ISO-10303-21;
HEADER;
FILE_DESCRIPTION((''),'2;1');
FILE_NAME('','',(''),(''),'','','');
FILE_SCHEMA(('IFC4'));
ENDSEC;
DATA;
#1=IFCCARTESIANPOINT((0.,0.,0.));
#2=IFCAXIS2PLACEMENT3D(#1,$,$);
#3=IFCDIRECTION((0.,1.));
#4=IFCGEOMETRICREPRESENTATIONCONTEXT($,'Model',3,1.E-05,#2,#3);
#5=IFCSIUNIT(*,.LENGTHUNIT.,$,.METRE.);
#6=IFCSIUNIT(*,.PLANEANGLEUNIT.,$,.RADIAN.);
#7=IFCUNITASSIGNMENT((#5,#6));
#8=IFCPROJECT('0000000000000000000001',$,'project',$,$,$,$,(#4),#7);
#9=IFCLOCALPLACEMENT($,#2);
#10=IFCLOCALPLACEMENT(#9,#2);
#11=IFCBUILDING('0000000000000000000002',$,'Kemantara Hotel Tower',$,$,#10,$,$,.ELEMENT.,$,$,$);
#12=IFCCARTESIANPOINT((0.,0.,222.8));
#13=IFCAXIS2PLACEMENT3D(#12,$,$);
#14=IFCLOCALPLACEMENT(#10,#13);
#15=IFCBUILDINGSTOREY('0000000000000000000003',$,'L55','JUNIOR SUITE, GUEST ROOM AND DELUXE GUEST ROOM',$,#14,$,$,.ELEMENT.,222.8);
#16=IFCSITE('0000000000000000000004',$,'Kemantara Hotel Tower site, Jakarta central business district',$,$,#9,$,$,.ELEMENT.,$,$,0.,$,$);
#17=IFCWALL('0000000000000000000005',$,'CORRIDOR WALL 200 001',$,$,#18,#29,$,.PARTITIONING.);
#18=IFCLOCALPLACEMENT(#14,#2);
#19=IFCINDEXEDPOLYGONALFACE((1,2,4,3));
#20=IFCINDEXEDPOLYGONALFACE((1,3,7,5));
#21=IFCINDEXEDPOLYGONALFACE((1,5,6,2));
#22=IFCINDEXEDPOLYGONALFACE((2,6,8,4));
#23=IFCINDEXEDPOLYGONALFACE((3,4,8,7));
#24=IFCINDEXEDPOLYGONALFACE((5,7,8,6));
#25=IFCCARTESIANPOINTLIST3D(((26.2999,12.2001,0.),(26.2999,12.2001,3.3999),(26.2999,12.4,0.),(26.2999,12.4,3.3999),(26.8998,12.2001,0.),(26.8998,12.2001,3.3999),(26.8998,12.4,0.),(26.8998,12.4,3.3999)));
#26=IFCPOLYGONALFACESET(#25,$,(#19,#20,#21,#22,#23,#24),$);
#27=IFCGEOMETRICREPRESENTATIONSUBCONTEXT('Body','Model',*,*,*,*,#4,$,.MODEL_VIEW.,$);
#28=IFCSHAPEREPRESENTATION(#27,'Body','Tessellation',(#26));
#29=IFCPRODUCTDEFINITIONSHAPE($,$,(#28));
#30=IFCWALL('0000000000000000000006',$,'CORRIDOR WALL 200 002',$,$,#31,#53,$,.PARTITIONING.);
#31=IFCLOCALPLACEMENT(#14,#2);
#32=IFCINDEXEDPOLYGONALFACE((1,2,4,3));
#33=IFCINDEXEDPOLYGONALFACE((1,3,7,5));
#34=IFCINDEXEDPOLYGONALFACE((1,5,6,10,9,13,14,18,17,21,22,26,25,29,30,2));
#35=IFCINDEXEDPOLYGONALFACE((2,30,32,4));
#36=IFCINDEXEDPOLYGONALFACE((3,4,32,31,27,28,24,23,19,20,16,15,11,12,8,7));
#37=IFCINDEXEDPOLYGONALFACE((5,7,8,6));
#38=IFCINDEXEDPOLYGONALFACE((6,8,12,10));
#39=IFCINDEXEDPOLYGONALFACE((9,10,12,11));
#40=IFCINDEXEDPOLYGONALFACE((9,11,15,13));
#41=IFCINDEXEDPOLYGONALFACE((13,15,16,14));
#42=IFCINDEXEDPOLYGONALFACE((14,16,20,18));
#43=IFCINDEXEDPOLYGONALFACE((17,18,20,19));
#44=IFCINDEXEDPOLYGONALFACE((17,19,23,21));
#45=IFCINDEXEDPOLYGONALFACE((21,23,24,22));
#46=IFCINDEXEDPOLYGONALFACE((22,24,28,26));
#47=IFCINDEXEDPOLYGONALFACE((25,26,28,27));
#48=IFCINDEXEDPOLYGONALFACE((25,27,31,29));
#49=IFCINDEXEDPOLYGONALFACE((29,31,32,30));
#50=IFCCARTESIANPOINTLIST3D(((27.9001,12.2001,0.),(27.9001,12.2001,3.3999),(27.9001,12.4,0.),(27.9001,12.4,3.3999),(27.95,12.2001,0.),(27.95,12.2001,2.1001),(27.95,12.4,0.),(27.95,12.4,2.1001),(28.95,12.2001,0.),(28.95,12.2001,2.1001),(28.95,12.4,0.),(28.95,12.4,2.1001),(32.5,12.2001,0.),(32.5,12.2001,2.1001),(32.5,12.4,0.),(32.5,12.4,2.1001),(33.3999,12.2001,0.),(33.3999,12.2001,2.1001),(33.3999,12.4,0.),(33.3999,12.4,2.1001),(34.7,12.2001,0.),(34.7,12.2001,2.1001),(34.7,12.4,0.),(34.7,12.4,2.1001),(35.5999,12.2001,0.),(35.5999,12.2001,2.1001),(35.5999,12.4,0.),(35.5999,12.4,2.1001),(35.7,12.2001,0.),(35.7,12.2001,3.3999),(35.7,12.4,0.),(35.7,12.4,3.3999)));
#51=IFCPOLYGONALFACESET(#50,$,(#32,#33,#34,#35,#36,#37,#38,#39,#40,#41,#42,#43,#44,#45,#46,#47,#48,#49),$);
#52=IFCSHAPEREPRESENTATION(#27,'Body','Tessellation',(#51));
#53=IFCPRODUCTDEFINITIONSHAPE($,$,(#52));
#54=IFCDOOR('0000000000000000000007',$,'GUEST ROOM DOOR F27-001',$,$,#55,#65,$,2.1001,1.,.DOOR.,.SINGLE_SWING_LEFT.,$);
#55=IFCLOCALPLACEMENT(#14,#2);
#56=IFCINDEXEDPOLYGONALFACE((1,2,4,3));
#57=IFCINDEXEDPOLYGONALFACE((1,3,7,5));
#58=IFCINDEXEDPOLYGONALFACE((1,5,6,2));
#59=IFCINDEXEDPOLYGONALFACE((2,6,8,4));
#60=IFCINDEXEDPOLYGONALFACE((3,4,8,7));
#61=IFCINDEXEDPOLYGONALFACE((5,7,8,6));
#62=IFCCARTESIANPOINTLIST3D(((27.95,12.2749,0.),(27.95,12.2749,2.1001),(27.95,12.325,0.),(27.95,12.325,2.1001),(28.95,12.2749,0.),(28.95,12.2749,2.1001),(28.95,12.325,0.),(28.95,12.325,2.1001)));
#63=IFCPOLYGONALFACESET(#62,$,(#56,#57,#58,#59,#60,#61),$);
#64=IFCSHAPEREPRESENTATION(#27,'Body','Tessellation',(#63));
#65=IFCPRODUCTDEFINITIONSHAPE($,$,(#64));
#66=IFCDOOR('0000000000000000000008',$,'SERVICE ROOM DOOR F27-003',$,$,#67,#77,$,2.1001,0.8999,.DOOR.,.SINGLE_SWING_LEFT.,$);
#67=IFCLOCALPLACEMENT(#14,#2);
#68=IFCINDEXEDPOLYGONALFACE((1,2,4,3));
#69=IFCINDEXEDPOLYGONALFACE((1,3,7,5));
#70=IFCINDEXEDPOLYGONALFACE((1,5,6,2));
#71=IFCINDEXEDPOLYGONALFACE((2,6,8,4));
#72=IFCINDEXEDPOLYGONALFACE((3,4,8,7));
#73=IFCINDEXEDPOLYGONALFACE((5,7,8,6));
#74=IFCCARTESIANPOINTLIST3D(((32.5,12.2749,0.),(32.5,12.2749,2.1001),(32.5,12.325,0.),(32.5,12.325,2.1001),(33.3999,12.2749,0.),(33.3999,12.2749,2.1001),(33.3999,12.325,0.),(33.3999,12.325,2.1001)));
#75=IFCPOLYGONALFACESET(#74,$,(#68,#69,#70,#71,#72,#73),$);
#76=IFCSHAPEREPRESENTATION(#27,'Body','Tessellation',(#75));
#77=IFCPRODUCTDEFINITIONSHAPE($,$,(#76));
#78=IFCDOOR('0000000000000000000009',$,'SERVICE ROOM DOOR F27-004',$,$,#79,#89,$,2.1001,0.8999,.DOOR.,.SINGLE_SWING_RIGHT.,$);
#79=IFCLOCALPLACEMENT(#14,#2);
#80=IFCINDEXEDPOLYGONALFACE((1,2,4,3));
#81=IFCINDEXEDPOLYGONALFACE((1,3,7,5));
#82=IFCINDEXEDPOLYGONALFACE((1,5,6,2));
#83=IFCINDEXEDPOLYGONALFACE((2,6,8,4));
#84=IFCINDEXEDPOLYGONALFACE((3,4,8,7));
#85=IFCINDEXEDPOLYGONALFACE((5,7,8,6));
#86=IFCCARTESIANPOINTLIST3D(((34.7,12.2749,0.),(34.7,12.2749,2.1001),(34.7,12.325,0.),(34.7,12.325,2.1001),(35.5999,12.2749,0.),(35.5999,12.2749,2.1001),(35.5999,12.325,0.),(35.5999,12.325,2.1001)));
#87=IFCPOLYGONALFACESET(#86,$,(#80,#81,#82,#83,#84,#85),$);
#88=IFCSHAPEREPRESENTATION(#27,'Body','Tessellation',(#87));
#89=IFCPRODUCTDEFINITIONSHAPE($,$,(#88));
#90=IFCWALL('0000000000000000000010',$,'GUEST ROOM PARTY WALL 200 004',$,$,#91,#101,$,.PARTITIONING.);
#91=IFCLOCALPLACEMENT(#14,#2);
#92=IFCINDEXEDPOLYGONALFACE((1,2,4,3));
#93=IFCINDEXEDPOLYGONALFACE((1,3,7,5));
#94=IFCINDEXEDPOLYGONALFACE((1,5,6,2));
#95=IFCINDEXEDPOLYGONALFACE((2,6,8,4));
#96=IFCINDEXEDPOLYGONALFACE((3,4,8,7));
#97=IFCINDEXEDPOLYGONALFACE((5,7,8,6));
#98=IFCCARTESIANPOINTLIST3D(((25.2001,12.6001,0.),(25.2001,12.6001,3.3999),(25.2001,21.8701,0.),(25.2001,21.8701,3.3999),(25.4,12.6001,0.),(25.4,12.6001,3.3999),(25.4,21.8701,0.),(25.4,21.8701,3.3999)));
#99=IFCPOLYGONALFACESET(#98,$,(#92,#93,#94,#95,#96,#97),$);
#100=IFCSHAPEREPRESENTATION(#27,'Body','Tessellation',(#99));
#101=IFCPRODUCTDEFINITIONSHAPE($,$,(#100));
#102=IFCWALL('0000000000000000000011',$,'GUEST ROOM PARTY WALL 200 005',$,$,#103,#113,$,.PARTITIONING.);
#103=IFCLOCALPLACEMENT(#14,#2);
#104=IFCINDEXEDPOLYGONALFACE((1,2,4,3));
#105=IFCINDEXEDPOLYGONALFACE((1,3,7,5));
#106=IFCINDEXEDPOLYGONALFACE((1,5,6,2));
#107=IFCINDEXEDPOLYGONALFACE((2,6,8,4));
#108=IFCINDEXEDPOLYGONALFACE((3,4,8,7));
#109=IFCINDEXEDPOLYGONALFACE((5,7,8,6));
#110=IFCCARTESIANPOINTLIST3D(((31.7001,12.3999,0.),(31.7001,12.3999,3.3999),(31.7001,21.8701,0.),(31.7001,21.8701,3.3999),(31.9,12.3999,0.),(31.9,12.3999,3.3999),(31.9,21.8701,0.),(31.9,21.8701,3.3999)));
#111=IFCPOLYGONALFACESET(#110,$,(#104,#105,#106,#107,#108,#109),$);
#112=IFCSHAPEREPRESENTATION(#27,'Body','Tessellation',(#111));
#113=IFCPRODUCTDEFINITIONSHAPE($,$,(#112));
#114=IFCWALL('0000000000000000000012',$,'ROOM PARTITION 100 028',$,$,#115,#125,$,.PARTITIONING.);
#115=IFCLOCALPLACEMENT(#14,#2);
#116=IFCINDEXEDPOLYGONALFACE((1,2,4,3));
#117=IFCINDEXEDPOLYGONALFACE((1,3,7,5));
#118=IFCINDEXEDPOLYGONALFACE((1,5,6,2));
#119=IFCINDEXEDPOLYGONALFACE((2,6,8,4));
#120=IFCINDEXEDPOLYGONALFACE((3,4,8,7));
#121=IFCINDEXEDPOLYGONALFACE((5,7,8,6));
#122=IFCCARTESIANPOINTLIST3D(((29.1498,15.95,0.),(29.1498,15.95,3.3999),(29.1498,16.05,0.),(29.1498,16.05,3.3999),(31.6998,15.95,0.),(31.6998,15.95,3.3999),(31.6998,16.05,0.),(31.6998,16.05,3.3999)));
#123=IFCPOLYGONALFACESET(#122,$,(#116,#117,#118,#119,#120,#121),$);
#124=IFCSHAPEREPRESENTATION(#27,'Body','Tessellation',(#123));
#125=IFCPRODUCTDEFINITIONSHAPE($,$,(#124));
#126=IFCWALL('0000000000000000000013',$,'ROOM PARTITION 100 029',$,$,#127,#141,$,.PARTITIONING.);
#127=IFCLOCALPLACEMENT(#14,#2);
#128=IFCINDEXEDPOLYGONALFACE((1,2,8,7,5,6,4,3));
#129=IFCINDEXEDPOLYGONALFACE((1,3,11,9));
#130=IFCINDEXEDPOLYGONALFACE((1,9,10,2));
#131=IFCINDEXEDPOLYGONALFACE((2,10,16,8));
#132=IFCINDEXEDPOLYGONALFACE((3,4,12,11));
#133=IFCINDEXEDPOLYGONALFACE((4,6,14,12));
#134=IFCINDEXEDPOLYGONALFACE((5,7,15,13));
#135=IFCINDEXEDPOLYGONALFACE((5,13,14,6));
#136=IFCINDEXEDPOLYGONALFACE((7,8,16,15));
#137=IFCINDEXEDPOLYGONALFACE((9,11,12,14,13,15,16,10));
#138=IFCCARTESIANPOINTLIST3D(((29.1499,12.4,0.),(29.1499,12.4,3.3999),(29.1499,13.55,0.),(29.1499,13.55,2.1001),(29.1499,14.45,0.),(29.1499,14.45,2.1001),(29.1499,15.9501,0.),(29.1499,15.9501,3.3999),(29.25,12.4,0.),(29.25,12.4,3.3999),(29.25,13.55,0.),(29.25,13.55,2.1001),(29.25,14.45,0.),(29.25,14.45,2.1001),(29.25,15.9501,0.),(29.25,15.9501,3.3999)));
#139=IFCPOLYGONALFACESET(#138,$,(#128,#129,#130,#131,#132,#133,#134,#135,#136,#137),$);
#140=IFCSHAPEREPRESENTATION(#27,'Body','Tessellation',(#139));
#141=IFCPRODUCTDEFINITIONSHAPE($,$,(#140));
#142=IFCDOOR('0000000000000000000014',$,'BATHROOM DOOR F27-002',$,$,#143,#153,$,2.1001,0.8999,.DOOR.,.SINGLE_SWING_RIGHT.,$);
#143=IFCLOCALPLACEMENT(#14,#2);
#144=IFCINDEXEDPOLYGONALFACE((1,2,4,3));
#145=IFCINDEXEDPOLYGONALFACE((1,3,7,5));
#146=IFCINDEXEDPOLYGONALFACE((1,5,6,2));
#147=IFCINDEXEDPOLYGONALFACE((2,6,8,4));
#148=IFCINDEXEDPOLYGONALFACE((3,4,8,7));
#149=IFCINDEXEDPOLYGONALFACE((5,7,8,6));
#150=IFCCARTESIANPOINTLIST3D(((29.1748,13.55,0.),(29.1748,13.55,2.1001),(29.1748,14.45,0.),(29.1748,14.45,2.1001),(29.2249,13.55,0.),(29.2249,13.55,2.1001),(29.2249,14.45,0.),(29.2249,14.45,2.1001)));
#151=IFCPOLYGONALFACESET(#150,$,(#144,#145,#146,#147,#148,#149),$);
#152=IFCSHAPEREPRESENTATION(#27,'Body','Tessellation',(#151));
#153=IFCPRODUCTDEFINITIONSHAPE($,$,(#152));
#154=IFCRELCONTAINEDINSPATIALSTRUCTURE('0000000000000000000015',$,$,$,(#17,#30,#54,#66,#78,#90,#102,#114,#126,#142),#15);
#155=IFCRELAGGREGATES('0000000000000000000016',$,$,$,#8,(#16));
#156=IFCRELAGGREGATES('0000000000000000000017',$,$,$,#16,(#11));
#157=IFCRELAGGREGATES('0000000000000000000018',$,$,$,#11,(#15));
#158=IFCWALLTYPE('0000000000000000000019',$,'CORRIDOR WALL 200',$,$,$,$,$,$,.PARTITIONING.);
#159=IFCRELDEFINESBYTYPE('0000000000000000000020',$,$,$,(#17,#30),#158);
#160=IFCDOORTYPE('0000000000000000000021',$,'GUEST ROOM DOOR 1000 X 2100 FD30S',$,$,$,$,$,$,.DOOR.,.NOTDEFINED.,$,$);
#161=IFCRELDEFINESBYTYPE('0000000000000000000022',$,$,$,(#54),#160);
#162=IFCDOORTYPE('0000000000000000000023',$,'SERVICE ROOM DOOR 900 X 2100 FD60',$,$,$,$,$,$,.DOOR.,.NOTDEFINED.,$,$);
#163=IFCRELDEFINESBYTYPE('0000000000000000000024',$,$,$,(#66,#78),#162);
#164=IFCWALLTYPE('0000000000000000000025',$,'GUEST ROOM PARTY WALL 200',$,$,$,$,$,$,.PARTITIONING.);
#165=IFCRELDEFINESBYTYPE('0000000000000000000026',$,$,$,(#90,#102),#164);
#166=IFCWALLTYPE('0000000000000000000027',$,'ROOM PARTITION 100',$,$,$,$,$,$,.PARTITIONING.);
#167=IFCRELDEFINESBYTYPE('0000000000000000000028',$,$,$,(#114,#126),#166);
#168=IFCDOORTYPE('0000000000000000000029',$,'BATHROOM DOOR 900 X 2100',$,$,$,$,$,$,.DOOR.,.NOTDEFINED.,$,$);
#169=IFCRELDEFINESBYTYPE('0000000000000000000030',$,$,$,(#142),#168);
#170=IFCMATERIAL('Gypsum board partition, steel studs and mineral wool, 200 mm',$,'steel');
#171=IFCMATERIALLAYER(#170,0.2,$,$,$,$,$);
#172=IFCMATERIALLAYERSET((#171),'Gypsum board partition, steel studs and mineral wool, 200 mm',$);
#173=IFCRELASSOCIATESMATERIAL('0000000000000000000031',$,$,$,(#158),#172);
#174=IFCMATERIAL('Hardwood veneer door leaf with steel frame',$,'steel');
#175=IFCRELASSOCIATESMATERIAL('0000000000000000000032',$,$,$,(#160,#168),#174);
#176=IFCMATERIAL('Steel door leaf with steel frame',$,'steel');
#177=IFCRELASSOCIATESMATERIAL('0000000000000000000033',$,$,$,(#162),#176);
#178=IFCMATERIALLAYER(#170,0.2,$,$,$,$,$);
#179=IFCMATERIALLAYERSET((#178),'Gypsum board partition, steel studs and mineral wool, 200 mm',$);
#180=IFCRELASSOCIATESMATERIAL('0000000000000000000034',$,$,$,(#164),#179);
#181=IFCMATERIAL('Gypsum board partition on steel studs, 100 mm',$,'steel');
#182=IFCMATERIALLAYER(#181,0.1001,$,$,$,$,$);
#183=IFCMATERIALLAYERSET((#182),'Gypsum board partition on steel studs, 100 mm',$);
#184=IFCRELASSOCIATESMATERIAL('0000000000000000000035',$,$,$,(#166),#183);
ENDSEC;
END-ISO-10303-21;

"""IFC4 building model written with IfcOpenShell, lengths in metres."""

from ifc_helpers import new_model, si_unit, direction, frame, frame_2d, origin, place, context, subcontext, project, spatial, rectangle, extrude, material, layer, layer_set, type_object, element, fill, save


model = new_model("IFC4")

# Units and contexts
model_context = context("Model", 3, precision=1e-05, world=origin(), true_north=direction((0.0, 1.0)))
body_context = subcontext(model_context, "Body", "Model", "MODEL_VIEW")
ifc_project = project(units=[si_unit("LENGTHUNIT", "METRE"), si_unit("PLANEANGLEUNIT", "RADIAN")], contexts=[model_context])

# Site, building, storey
site_placement = place(None, origin())
site = spatial("IfcSite", under=ifc_project, at=site_placement, Name="Kemantara Hotel Tower site, Jakarta central business district", CompositionType="ELEMENT", RefElevation=0.0)
building_placement = place(site_placement, origin())
building = spatial("IfcBuilding", under=site, at=building_placement, Name="Kemantara Hotel Tower", CompositionType="ELEMENT")
storey_placement = place(building_placement, frame((0.0, 0.0, 222.8)))
storey = spatial("IfcBuildingStorey", under=building, at=storey_placement, Name="L55", Description="JUNIOR SUITE, GUEST ROOM AND DELUXE GUEST ROOM", CompositionType="ELEMENT", Elevation=222.8)

# Wall
ifc_material_1 = material(Name="Gypsum board partition, steel studs and mineral wool, 200 mm", Category="steel")
ifc_layer_1 = layer(ifc_material_1, 0.2)
ifc_layer_set_1 = layer_set([ifc_layer_1], Name="Gypsum board partition, steel studs and mineral wool, 200 mm")
wall_type_1 = type_object("IfcWallType", Name="CORRIDOR WALL 200", PredefinedType="PARTITIONING", material=ifc_layer_set_1)
wall_1_placement = place(storey_placement, frame((26.3, 12.3, 0.0), z_axis=(0.0, 0.0, 1.0), x_axis=(1.0, 0.0, 0.0)))
element("IfcWall", 1, at=wall_1_placement, inside=storey, type_object=wall_type_1, Name="CORRIDOR WALL 200 001", PredefinedType="PARTITIONING", context=body_context, shape_type="SweptSolid", body=[
    extrude(rectangle(XDim=0.5999, YDim=0.2, at=frame_2d((0.2998, 0.0))), origin(), (0.0, 0.0, 1.0), 3.3999),
])

# Wall, openings, doors
wall_2_placement = place(storey_placement, frame((27.9001, 12.3, 0.0), z_axis=(0.0, 0.0, 1.0), x_axis=(1.0, 0.0, 0.0)))
wall_2 = element("IfcWall", 2, at=wall_2_placement, inside=storey, type_object=wall_type_1, Name="CORRIDOR WALL 200 002", PredefinedType="PARTITIONING", context=body_context, shape_type="SweptSolid", body=[
    extrude(rectangle(XDim=7.7998, YDim=0.2, at=frame_2d((3.8999, 0.0))), origin(), (0.0, 0.0, 1.0), 3.3999),
])
opening_1_placement = place(wall_2_placement, frame((0.0498, 0.0, 0.0)))
opening_1 = element("IfcOpeningElement", 3, at=opening_1_placement, cuts=wall_2, PredefinedType="OPENING", context=body_context, shape_type="SweptSolid", body=[
    extrude(rectangle(XDim=1.0, YDim=2.1001, at=frame_2d((0.5, 1.05))), frame((0.0, 0.1099, 0.0), z_axis=(0.0, -1.0, 0.0), x_axis=(1.0, 0.0, 0.0)), (0.0, 0.0, 1.0), 0.22),
])
opening_2_placement = place(wall_2_placement, frame((4.5999, 0.0, 0.0)))
opening_2 = element("IfcOpeningElement", 4, at=opening_2_placement, cuts=wall_2, PredefinedType="OPENING", context=body_context, shape_type="SweptSolid", body=[
    extrude(rectangle(XDim=0.8999, YDim=2.1001, at=frame_2d((0.45, 1.05))), frame((0.0, 0.1099, 0.0), z_axis=(0.0, -1.0, 0.0), x_axis=(1.0, 0.0, 0.0)), (0.0, 0.0, 1.0), 0.22),
])
opening_3_placement = place(wall_2_placement, frame((6.7998, 0.0, 0.0)))
opening_3 = element("IfcOpeningElement", 5, at=opening_3_placement, cuts=wall_2, PredefinedType="OPENING", context=body_context, shape_type="SweptSolid", body=[
    extrude(rectangle(XDim=0.8999, YDim=2.1001, at=frame_2d((0.45, 1.05))), frame((0.0, 0.1099, 0.0), z_axis=(0.0, -1.0, 0.0), x_axis=(1.0, 0.0, 0.0)), (0.0, 0.0, 1.0), 0.22),
])
ifc_material_2 = material(Name="Hardwood veneer door leaf with steel frame", Category="steel")
door_type_1 = type_object("IfcDoorType", Name="GUEST ROOM DOOR 1000 X 2100 FD30S", OperationType="NOTDEFINED", PredefinedType="DOOR", material=ifc_material_2)
door_1_placement = place(opening_1_placement, origin())
door_1 = element("IfcDoor", 6, at=door_1_placement, inside=storey, type_object=door_type_1, Name="GUEST ROOM DOOR F27-001", OperationType="SINGLE_SWING_LEFT", OverallHeight=2.1001, OverallWidth=1.0, PredefinedType="DOOR", context=body_context, shape_type="SweptSolid", body=[
    extrude(rectangle(XDim=1.0, YDim=2.1001, at=frame_2d((0.5, 1.05))), frame((0.0, 0.0249, 0.0), z_axis=(0.0, -1.0, 0.0), x_axis=(1.0, 0.0, 0.0)), (0.0, 0.0, 1.0), 0.05),
])
fill(opening_1, door_1)
ifc_material_3 = material(Name="Steel door leaf with steel frame", Category="steel")
door_type_2 = type_object("IfcDoorType", Name="SERVICE ROOM DOOR 900 X 2100 FD60", OperationType="NOTDEFINED", PredefinedType="DOOR", material=ifc_material_3)
door_2_placement = place(opening_2_placement, origin())
door_2 = element("IfcDoor", 7, at=door_2_placement, inside=storey, type_object=door_type_2, Name="SERVICE ROOM DOOR F27-003", OperationType="SINGLE_SWING_LEFT", OverallHeight=2.1001, OverallWidth=0.8999, PredefinedType="DOOR", context=body_context, shape_type="SweptSolid", body=[
    extrude(rectangle(XDim=0.8999, YDim=2.1001, at=frame_2d((0.45, 1.05))), frame((0.0, 0.0249, 0.0), z_axis=(0.0, -1.0, 0.0), x_axis=(1.0, 0.0, 0.0)), (0.0, 0.0, 1.0), 0.05),
])
fill(opening_2, door_2)
door_3_placement = place(opening_3_placement, origin())
door_3 = element("IfcDoor", 8, at=door_3_placement, inside=storey, type_object=door_type_2, Name="SERVICE ROOM DOOR F27-004", OperationType="SINGLE_SWING_RIGHT", OverallHeight=2.1001, OverallWidth=0.8999, PredefinedType="DOOR", context=body_context, shape_type="SweptSolid", body=[
    extrude(rectangle(XDim=0.8999, YDim=2.1001, at=frame_2d((0.45, 1.05))), frame((0.0, 0.0249, 0.0), z_axis=(0.0, -1.0, 0.0), x_axis=(1.0, 0.0, 0.0)), (0.0, 0.0, 1.0), 0.05),
])
fill(opening_3, door_3)

# Walls
ifc_layer_2 = layer(ifc_material_1, 0.2)
ifc_layer_set_2 = layer_set([ifc_layer_2], Name="Gypsum board partition, steel studs and mineral wool, 200 mm")
wall_type_2 = type_object("IfcWallType", Name="GUEST ROOM PARTY WALL 200", PredefinedType="PARTITIONING", material=ifc_layer_set_2)
wall_3_placement = place(storey_placement, frame((25.3, 12.6001, 0.0), z_axis=(0.0, 0.0, 1.0), x_axis=(0.0, 1.0, 0.0)))
element("IfcWall", 9, at=wall_3_placement, inside=storey, type_object=wall_type_2, Name="GUEST ROOM PARTY WALL 200 004", PredefinedType="PARTITIONING", context=body_context, shape_type="SweptSolid", body=[
    extrude(rectangle(XDim=9.27, YDim=0.2, at=frame_2d((4.635, 0.0))), origin(), (0.0, 0.0, 1.0), 3.3999),
])
wall_4_placement = place(storey_placement, frame((31.8, 12.3999, 0.0), z_axis=(0.0, 0.0, 1.0), x_axis=(0.0, 1.0, 0.0)))
element("IfcWall", 10, at=wall_4_placement, inside=storey, type_object=wall_type_2, Name="GUEST ROOM PARTY WALL 200 005", PredefinedType="PARTITIONING", context=body_context, shape_type="SweptSolid", body=[
    extrude(rectangle(XDim=9.4702, YDim=0.2, at=frame_2d((4.7351, 0.0))), origin(), (0.0, 0.0, 1.0), 3.3999),
])
ifc_material_4 = material(Name="Gypsum board partition on steel studs, 100 mm", Category="steel")
ifc_layer_3 = layer(ifc_material_4, 0.1001)
ifc_layer_set_3 = layer_set([ifc_layer_3], Name="Gypsum board partition on steel studs, 100 mm")
wall_type_3 = type_object("IfcWallType", Name="ROOM PARTITION 100", PredefinedType="PARTITIONING", material=ifc_layer_set_3)
wall_5_placement = place(storey_placement, frame((29.1499, 16.0, 0.0), z_axis=(0.0, 0.0, 1.0), x_axis=(1.0, 0.0, 0.0)))
element("IfcWall", 11, at=wall_5_placement, inside=storey, type_object=wall_type_3, Name="ROOM PARTITION 100 028", PredefinedType="PARTITIONING", context=body_context, shape_type="SweptSolid", body=[
    extrude(rectangle(XDim=2.55, YDim=0.1001, at=frame_2d((1.2749, 0.0))), origin(), (0.0, 0.0, 1.0), 3.3999),
])

# Wall, opening, door
wall_6_placement = place(storey_placement, frame((29.2, 15.95, 0.0), z_axis=(0.0, 0.0, 1.0), x_axis=(0.0, -1.0, 0.0)))
wall_6 = element("IfcWall", 12, at=wall_6_placement, inside=storey, type_object=wall_type_3, Name="ROOM PARTITION 100 029", PredefinedType="PARTITIONING", context=body_context, shape_type="SweptSolid", body=[
    extrude(rectangle(XDim=3.55, YDim=0.1001, at=frame_2d((1.7749, 0.0))), origin(), (0.0, 0.0, 1.0), 3.3999),
])
opening_4_placement = place(wall_6_placement, frame((1.5, 0.0, 0.0)))
opening_4 = element("IfcOpeningElement", 13, at=opening_4_placement, cuts=wall_6, PredefinedType="OPENING", context=body_context, shape_type="SweptSolid", body=[
    extrude(rectangle(XDim=0.8999, YDim=2.1001, at=frame_2d((0.45, 1.05))), frame((0.0, 0.0601, 0.0), z_axis=(0.0, -1.0, 0.0), x_axis=(1.0, 0.0, 0.0)), (0.0, 0.0, 1.0), 0.1201),
])
door_type_3 = type_object("IfcDoorType", Name="BATHROOM DOOR 900 X 2100", OperationType="NOTDEFINED", PredefinedType="DOOR", material=ifc_material_2)
door_4_placement = place(opening_4_placement, origin())
door_4 = element("IfcDoor", 14, at=door_4_placement, inside=storey, type_object=door_type_3, Name="BATHROOM DOOR F27-002", OperationType="SINGLE_SWING_RIGHT", OverallHeight=2.1001, OverallWidth=0.8999, PredefinedType="DOOR", context=body_context, shape_type="SweptSolid", body=[
    extrude(rectangle(XDim=0.8999, YDim=2.1001, at=frame_2d((0.45, 1.05))), frame((0.0, 0.0249, 0.0), z_axis=(0.0, -1.0, 0.0), x_axis=(1.0, 0.0, 0.0)), (0.0, 0.0, 1.0), 0.05),
])
fill(opening_4, door_4)

save(model, "model.ifc")
